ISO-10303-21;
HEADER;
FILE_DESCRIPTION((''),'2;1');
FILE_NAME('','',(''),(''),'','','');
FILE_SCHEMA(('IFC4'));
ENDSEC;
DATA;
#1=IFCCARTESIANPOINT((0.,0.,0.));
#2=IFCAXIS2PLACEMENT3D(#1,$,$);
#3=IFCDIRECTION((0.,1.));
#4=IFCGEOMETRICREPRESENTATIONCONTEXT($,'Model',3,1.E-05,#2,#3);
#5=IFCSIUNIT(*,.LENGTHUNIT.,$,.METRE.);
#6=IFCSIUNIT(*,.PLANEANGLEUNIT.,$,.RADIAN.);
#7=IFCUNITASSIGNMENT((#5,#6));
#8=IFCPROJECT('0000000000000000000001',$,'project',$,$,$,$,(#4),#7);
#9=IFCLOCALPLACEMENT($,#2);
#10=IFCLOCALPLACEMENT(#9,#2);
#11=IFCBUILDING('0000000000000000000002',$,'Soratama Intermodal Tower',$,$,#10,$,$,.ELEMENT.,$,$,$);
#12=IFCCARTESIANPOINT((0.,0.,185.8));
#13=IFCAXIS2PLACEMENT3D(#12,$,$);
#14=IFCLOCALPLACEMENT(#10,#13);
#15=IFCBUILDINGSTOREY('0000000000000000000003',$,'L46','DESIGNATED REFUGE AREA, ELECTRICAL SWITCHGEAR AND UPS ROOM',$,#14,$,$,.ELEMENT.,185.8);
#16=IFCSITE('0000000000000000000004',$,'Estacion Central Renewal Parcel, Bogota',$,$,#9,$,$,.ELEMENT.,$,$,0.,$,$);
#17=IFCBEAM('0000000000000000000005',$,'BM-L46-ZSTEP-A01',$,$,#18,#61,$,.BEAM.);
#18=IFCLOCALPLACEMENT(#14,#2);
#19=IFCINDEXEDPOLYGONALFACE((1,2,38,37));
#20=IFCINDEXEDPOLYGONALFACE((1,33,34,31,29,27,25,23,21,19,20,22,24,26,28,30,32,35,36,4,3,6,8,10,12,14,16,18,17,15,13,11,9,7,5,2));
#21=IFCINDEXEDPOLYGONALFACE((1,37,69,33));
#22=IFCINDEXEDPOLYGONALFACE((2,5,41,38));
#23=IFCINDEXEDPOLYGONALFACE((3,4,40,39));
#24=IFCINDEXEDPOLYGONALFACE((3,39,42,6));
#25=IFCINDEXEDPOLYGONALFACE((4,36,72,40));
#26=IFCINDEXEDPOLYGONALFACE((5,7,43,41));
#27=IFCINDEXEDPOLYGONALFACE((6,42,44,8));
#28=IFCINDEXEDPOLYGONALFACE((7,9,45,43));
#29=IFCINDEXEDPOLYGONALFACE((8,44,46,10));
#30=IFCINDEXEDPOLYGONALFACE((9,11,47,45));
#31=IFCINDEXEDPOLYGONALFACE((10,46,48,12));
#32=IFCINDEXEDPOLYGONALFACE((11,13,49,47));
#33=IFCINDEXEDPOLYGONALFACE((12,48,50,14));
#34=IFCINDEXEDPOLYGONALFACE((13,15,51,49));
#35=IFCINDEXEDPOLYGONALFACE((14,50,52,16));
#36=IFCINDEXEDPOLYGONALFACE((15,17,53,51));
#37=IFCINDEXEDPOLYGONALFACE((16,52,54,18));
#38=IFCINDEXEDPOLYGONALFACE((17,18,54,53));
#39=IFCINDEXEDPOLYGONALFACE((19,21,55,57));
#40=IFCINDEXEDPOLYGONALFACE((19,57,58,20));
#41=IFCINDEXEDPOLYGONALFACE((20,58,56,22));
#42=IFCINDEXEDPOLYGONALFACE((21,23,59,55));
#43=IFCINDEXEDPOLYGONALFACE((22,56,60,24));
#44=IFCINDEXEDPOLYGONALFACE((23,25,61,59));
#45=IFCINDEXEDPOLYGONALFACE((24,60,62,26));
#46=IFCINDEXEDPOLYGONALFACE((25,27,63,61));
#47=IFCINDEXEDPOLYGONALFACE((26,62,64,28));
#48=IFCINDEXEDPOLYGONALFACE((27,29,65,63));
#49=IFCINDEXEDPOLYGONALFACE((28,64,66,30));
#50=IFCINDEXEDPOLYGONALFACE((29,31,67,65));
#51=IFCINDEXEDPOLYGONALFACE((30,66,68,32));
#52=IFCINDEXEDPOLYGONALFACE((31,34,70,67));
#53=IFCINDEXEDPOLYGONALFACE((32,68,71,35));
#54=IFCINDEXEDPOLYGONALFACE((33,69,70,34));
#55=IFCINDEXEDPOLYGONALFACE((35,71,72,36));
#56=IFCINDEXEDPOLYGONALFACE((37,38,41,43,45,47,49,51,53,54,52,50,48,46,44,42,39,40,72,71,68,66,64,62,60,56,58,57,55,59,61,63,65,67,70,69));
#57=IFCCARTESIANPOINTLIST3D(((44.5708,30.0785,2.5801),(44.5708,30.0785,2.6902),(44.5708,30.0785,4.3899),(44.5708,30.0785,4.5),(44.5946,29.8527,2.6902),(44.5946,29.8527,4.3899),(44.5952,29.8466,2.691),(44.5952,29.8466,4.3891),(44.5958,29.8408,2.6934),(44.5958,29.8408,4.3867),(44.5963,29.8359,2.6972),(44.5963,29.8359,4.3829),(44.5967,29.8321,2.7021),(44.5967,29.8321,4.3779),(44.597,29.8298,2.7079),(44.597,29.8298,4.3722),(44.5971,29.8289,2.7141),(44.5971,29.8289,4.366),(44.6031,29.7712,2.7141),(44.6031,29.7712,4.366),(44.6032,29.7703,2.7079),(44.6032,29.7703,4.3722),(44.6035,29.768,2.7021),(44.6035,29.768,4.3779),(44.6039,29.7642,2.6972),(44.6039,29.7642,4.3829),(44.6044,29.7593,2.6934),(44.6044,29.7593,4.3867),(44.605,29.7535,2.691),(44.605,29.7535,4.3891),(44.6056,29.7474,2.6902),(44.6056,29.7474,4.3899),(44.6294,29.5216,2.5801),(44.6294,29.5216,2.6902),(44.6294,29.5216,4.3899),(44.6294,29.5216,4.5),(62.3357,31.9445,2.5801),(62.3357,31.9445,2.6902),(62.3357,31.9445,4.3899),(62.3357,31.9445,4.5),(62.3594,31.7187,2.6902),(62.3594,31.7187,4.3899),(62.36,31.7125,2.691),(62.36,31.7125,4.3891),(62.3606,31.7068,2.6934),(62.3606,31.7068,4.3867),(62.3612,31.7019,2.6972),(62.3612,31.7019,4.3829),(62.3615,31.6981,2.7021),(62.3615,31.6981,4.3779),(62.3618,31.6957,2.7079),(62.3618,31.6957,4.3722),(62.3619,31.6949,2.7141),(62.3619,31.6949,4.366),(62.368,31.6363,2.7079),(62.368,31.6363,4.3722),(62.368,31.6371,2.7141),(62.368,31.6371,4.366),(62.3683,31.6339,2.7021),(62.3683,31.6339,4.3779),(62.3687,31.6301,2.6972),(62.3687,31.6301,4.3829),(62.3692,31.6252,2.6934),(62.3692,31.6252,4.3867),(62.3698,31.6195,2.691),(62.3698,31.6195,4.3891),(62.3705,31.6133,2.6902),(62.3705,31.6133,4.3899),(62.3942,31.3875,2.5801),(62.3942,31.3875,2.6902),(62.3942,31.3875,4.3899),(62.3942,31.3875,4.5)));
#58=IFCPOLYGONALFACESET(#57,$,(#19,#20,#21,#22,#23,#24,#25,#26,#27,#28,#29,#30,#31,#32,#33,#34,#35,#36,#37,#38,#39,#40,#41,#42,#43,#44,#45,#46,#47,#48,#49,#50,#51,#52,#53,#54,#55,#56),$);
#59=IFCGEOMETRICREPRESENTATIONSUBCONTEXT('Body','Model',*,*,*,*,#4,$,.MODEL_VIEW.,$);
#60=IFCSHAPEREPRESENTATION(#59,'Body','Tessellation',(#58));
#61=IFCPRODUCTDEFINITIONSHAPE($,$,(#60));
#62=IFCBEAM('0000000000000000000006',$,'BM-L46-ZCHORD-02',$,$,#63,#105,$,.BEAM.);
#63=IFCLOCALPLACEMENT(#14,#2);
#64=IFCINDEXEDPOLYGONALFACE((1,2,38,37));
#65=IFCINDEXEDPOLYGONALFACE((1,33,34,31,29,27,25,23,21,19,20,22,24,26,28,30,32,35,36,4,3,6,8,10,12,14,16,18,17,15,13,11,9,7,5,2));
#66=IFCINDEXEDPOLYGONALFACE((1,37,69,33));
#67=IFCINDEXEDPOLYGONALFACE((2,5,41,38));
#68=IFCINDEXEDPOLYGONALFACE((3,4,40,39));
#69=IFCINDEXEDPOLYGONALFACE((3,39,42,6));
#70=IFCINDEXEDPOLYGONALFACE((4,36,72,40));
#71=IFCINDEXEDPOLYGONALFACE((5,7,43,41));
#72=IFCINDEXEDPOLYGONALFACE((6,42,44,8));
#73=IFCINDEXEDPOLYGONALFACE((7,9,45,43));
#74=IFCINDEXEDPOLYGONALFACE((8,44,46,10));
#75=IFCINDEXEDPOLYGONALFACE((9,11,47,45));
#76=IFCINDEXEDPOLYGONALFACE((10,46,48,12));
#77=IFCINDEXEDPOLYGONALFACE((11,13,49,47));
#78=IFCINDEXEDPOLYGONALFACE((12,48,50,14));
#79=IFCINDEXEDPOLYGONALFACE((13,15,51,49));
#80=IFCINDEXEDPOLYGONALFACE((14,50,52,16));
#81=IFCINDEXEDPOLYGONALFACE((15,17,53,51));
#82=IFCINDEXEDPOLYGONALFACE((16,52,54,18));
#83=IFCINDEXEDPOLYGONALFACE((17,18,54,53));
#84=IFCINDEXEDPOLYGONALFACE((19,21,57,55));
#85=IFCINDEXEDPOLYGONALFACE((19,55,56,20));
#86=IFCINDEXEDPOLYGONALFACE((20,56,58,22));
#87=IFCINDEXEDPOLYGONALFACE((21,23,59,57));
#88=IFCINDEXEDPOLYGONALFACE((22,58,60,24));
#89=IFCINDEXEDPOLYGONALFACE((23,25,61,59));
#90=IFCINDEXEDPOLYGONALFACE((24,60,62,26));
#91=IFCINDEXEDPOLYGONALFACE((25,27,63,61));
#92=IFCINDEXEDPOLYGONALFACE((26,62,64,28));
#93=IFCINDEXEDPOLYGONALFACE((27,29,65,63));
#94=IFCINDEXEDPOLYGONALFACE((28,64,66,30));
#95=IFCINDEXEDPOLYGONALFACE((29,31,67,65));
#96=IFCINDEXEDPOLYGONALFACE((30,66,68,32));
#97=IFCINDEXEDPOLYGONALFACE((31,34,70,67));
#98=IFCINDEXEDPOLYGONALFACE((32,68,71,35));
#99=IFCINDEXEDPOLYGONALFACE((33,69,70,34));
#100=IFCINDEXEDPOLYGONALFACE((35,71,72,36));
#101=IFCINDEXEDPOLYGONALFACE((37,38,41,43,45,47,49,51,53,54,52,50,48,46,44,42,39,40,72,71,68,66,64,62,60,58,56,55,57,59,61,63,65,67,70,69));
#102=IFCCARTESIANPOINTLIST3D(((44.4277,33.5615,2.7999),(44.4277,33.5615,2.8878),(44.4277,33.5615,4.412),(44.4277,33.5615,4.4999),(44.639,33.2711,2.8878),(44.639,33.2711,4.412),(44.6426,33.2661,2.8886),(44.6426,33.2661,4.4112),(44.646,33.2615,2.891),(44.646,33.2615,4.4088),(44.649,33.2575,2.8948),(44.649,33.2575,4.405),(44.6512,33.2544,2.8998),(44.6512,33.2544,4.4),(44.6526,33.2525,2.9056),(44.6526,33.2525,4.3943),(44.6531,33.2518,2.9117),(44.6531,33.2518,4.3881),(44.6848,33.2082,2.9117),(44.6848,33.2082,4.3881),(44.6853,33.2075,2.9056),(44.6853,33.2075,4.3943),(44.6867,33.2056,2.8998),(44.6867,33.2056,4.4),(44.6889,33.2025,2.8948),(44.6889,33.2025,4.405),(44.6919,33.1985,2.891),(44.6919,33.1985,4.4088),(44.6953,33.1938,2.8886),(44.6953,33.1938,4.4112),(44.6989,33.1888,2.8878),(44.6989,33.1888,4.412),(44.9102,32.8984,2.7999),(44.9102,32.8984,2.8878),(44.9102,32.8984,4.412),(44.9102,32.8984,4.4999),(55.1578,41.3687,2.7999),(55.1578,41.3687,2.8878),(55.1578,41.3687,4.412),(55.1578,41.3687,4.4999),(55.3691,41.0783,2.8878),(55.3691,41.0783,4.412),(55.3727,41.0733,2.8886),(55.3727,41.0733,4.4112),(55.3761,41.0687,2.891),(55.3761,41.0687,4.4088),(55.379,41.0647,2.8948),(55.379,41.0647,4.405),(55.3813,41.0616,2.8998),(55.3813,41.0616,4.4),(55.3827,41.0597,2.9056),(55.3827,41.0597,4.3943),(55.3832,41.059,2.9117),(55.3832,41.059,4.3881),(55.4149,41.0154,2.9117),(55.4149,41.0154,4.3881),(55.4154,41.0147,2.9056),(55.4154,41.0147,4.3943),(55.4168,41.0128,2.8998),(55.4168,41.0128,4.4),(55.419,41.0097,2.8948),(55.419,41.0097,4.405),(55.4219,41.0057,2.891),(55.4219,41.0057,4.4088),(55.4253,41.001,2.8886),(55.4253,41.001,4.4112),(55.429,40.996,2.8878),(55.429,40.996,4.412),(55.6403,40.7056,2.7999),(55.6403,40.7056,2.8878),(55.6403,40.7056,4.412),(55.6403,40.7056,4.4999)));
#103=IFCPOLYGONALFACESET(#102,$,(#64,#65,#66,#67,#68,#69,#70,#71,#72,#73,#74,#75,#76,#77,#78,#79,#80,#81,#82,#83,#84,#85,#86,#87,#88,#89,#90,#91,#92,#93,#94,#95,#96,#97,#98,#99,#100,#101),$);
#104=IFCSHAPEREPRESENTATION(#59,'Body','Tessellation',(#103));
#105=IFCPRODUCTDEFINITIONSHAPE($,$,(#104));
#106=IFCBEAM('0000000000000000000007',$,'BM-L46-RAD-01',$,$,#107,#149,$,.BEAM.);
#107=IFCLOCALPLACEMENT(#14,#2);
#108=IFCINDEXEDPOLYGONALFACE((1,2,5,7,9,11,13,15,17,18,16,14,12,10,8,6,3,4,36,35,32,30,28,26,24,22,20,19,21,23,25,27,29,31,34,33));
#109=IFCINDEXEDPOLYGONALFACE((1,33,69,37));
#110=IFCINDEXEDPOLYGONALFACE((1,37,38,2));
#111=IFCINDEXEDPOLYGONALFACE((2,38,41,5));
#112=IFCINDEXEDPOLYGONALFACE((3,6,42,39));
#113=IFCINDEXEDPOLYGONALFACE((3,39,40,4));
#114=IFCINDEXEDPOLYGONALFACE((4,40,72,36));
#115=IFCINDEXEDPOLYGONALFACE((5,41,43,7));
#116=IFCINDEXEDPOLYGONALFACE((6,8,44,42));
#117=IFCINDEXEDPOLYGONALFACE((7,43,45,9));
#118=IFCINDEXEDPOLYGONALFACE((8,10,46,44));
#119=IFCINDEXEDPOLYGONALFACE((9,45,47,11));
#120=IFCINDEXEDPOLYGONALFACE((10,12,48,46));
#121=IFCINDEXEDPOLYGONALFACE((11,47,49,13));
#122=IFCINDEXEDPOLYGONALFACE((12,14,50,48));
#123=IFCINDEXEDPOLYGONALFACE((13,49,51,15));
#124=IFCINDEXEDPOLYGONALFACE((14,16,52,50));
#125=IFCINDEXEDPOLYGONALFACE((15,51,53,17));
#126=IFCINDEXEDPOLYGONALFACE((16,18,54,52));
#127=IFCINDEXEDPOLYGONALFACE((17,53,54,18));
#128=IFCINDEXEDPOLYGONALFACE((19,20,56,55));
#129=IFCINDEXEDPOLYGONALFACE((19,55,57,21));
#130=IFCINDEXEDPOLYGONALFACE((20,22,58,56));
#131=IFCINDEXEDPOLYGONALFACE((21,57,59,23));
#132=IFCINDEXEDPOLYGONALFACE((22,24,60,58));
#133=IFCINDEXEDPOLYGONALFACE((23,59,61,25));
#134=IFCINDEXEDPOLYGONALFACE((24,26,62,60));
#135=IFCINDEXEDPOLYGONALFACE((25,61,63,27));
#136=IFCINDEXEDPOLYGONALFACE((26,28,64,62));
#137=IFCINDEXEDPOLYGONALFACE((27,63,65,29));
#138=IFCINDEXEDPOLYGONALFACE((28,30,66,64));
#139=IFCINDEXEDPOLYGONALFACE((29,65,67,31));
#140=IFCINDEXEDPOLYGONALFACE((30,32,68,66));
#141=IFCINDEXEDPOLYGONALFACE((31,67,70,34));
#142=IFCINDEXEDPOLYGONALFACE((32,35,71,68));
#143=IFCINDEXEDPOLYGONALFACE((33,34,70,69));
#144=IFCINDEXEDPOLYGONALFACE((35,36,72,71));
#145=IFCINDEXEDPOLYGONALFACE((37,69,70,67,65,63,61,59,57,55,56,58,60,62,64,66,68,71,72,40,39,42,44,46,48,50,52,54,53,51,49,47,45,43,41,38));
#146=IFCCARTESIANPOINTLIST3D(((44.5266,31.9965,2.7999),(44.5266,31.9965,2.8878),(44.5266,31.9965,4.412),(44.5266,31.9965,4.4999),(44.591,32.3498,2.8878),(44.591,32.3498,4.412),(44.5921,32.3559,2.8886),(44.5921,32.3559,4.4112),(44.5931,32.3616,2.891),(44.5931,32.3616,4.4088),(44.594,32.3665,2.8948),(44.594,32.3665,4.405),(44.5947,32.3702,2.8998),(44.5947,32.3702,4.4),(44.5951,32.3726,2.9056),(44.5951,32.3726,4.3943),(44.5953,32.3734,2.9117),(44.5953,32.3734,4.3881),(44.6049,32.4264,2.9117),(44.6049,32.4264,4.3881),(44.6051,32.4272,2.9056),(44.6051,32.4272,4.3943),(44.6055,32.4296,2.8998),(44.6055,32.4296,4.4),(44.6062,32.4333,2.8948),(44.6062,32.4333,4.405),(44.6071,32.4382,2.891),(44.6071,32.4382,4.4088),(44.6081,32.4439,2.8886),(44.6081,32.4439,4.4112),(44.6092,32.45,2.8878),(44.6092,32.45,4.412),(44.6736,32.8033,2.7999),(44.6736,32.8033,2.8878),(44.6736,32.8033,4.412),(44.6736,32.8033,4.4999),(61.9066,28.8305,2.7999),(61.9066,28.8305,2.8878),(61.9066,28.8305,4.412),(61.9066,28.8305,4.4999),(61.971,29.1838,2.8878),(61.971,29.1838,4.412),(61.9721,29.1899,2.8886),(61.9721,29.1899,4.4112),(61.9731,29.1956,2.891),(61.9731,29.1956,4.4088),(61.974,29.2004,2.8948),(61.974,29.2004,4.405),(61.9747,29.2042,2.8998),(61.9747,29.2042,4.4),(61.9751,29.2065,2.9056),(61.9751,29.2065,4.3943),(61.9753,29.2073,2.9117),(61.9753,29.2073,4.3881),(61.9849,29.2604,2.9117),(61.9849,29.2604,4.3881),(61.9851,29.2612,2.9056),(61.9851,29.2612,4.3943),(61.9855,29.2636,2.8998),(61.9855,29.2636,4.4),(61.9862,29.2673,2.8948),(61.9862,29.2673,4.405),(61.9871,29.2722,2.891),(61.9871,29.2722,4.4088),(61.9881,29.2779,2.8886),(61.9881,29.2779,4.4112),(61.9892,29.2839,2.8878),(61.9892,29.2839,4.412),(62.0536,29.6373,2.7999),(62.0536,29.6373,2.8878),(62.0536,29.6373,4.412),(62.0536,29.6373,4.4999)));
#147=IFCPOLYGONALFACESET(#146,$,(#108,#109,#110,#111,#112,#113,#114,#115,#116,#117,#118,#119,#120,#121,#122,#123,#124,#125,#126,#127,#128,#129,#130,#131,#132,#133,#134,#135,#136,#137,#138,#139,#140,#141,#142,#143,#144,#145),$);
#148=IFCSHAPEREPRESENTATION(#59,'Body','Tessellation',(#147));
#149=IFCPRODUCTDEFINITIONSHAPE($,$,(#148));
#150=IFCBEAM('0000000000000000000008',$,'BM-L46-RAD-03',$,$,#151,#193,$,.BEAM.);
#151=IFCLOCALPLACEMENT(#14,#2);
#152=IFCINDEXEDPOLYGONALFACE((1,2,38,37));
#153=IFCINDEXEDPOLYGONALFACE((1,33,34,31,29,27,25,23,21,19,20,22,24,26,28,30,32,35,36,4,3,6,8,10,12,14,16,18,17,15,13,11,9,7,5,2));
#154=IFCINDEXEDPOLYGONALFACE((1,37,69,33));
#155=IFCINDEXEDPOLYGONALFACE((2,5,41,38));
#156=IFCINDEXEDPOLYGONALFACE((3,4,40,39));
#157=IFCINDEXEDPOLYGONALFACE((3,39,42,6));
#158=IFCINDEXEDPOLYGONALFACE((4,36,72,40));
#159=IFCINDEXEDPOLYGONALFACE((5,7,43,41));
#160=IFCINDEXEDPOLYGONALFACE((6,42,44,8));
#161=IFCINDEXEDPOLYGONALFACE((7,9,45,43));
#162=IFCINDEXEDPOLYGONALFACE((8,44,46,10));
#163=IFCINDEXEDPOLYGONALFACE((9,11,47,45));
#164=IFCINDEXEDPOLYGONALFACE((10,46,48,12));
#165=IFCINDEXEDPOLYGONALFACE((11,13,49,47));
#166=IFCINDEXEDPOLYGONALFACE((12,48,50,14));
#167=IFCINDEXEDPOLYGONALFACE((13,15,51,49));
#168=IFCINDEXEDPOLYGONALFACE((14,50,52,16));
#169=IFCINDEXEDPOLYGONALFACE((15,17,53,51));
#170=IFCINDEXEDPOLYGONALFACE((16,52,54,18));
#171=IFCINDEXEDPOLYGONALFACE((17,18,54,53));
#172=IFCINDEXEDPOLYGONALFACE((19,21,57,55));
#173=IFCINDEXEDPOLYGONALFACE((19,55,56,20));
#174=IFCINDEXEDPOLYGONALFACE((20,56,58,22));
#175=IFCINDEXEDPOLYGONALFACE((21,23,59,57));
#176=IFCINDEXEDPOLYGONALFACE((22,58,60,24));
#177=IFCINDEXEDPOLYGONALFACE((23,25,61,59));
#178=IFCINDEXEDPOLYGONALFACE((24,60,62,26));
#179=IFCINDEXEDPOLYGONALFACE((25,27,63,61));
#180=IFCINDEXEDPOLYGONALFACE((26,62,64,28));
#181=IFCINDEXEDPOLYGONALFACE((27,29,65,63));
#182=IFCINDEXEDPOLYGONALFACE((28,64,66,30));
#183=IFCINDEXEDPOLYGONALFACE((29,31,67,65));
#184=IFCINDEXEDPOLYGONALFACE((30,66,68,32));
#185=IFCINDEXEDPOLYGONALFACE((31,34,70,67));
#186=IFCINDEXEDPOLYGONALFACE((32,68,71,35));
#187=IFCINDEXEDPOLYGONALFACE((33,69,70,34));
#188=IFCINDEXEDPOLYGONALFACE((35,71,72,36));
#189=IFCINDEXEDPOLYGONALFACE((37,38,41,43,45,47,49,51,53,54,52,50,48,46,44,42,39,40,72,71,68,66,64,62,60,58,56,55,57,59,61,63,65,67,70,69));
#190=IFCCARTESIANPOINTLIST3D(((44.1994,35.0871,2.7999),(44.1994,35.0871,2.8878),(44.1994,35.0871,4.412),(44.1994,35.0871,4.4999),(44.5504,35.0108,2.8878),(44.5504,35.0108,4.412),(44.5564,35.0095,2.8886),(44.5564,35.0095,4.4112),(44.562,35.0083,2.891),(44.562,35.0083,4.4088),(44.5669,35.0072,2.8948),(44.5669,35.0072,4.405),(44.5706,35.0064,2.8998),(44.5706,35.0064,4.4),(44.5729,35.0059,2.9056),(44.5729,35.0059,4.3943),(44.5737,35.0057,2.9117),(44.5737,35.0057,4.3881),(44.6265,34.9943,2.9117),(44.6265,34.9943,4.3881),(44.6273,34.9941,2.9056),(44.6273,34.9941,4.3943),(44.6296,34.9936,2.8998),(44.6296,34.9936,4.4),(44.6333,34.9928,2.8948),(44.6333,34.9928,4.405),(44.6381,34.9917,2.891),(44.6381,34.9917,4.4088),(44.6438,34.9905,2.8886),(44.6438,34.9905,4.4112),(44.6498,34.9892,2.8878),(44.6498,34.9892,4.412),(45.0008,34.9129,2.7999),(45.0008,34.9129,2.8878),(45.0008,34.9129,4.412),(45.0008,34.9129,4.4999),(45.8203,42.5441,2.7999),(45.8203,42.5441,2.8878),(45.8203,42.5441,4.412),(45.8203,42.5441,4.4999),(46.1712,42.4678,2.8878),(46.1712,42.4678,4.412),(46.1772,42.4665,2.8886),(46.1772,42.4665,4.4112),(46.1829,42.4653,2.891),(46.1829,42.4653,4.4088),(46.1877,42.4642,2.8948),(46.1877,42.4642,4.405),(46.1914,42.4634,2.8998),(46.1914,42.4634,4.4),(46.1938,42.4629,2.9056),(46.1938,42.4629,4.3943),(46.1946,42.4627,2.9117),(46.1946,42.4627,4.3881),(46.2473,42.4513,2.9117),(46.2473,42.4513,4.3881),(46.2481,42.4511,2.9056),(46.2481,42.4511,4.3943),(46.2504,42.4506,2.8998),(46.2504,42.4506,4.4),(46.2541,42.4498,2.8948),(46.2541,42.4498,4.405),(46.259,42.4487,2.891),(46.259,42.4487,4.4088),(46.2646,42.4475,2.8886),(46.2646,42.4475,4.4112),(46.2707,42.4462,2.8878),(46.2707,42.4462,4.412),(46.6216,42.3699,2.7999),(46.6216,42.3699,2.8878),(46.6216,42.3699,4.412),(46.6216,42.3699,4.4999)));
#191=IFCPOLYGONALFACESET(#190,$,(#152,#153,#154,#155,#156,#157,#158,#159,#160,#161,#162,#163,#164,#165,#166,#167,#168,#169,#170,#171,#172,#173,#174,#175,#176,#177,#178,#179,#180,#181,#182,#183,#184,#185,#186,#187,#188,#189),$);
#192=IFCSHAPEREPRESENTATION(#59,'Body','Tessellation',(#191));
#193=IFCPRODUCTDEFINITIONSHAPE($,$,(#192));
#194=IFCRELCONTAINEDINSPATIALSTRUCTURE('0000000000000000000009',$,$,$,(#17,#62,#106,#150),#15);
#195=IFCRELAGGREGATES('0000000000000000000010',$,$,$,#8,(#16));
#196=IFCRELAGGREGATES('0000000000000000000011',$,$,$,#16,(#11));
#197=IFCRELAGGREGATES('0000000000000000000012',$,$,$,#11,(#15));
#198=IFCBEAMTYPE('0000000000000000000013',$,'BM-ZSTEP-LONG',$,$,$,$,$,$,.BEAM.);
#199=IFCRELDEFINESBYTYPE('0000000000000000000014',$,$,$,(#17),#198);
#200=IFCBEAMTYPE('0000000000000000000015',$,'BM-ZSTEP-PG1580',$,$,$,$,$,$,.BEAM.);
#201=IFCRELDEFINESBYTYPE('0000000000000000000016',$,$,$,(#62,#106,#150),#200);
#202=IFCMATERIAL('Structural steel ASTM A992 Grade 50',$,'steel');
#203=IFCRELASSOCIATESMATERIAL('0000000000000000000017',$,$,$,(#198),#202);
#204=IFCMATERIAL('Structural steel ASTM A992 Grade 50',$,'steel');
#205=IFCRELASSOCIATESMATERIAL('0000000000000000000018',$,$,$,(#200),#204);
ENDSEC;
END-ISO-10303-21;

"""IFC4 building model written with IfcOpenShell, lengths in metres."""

from ifc_helpers import new_model, si_unit, direction, frame, origin, origin_2d, place, context, subcontext, project, spatial, i_section, extrude, material, material_profile, profile_set, type_object, element, save


model = new_model("IFC4")

# Units and contexts
model_context = context("Model", 3, precision=1e-05, world=origin(), true_north=direction((0.0, 1.0)))
body_context = subcontext(model_context, "Body", "Model", "MODEL_VIEW")
ifc_project = project(units=[si_unit("LENGTHUNIT", "METRE"), si_unit("PLANEANGLEUNIT", "RADIAN")], contexts=[model_context])

# Site, building, storey
site_placement = place(None, origin())
site = spatial("IfcSite", under=ifc_project, at=site_placement, Name="Estacion Central Renewal Parcel, Bogota", CompositionType="ELEMENT", RefElevation=0.0)
building_placement = place(site_placement, origin())
building = spatial("IfcBuilding", under=site, at=building_placement, Name="Soratama Intermodal Tower", CompositionType="ELEMENT")
storey_placement = place(building_placement, frame((0.0, 0.0, 185.8)))
storey = spatial("IfcBuildingStorey", under=building, at=storey_placement, Name="L46", Description="DESIGNATED REFUGE AREA, ELECTRICAL SWITCHGEAR AND UPS ROOM", CompositionType="ELEMENT", Elevation=185.8)

# Beams
ifc_material_1 = material(Name="Structural steel ASTM A992 Grade 50", Category="steel")
ifc_material_profile_1 = material_profile(ifc_material_1, i_section(OverallWidth=0.5601, OverallDepth=1.9199, WebThickness=0.0581, FlangeThickness=0.1101, FilletRadius=0.0239, at=origin_2d()), Name="PG2150X720")
ifc_profile_set_1 = profile_set([ifc_material_profile_1], Name="Structural steel ASTM A992 Grade 50")
beam_type_1 = type_object("IfcBeamType", Name="BM-ZSTEP-LONG", PredefinedType="BEAM", material=ifc_profile_set_1)
beam_1_placement = place(storey_placement, frame((44.6001, 29.8, 3.54), z_axis=(0.994529, 0.104462, 0.0), x_axis=(-0.104462, 0.994529, 0.0)))
element("IfcBeam", 1, at=beam_1_placement, inside=storey, type_object=beam_type_1, Name="BM-L46-ZSTEP-A01", PredefinedType="BEAM", context=body_context, shape_type="SweptSolid", body=[
    extrude(i_section(OverallWidth=0.5601, OverallDepth=1.9199, WebThickness=0.0581, FlangeThickness=0.1101, FilletRadius=0.0239, at=origin_2d()), origin(), (0.0, 0.0, 1.0), 17.8625),
])
ifc_material_2 = material(Name="Structural steel ASTM A992 Grade 50", Category="steel")
ifc_material_profile_2 = material_profile(ifc_material_2, i_section(OverallWidth=0.8201, OverallDepth=1.7, WebThickness=0.054, FlangeThickness=0.0879, FilletRadius=0.0239, at=origin_2d()), Name="PG1580X800")
ifc_profile_set_2 = profile_set([ifc_material_profile_2], Name="Structural steel ASTM A992 Grade 50")
beam_type_2 = type_object("IfcBeamType", Name="BM-ZSTEP-PG1580", PredefinedType="BEAM", material=ifc_profile_set_2)
beam_2_placement = place(storey_placement, frame((44.6689, 33.23, 3.6499), z_axis=(0.80861, 0.588345, 0.0), x_axis=(-0.588345, 0.80861, 0.0)))
element("IfcBeam", 2, at=beam_2_placement, inside=storey, type_object=beam_type_2, Name="BM-L46-ZCHORD-02", PredefinedType="BEAM", context=body_context, shape_type="SweptSolid", body=[
    extrude(i_section(OverallWidth=0.8201, OverallDepth=1.7, WebThickness=0.054, FlangeThickness=0.0879, FilletRadius=0.0239, at=origin_2d()), origin(), (0.0, 0.0, 1.0), 13.2698),
])
beam_3_placement = place(storey_placement, frame((44.6001, 32.3999, 3.6499), z_axis=(0.98381, -0.179216, 0.0), x_axis=(0.179216, 0.98381, 0.0)))
element("IfcBeam", 3, at=beam_3_placement, inside=storey, type_object=beam_type_2, Name="BM-L46-RAD-01", PredefinedType="BEAM", context=body_context, shape_type="SweptSolid", body=[
    extrude(i_section(OverallWidth=0.8201, OverallDepth=1.7, WebThickness=0.054, FlangeThickness=0.0879, FilletRadius=0.0239, at=origin_2d()), origin(), (0.0, 0.0, 1.0), 17.666),
])
beam_4_placement = place(storey_placement, frame((44.6001, 35.0, 3.6499), z_axis=(0.212399, 0.977183, 0.0), x_axis=(-0.977183, 0.212399, 0.0)))
element("IfcBeam", 4, at=beam_4_placement, inside=storey, type_object=beam_type_2, Name="BM-L46-RAD-03", PredefinedType="BEAM", context=body_context, shape_type="SweptSolid", body=[
    extrude(i_section(OverallWidth=0.8201, OverallDepth=1.7, WebThickness=0.054, FlangeThickness=0.0879, FilletRadius=0.0239, at=origin_2d()), origin(), (0.0, 0.0, 1.0), 7.6311),
])

save(model, "model.ifc")
